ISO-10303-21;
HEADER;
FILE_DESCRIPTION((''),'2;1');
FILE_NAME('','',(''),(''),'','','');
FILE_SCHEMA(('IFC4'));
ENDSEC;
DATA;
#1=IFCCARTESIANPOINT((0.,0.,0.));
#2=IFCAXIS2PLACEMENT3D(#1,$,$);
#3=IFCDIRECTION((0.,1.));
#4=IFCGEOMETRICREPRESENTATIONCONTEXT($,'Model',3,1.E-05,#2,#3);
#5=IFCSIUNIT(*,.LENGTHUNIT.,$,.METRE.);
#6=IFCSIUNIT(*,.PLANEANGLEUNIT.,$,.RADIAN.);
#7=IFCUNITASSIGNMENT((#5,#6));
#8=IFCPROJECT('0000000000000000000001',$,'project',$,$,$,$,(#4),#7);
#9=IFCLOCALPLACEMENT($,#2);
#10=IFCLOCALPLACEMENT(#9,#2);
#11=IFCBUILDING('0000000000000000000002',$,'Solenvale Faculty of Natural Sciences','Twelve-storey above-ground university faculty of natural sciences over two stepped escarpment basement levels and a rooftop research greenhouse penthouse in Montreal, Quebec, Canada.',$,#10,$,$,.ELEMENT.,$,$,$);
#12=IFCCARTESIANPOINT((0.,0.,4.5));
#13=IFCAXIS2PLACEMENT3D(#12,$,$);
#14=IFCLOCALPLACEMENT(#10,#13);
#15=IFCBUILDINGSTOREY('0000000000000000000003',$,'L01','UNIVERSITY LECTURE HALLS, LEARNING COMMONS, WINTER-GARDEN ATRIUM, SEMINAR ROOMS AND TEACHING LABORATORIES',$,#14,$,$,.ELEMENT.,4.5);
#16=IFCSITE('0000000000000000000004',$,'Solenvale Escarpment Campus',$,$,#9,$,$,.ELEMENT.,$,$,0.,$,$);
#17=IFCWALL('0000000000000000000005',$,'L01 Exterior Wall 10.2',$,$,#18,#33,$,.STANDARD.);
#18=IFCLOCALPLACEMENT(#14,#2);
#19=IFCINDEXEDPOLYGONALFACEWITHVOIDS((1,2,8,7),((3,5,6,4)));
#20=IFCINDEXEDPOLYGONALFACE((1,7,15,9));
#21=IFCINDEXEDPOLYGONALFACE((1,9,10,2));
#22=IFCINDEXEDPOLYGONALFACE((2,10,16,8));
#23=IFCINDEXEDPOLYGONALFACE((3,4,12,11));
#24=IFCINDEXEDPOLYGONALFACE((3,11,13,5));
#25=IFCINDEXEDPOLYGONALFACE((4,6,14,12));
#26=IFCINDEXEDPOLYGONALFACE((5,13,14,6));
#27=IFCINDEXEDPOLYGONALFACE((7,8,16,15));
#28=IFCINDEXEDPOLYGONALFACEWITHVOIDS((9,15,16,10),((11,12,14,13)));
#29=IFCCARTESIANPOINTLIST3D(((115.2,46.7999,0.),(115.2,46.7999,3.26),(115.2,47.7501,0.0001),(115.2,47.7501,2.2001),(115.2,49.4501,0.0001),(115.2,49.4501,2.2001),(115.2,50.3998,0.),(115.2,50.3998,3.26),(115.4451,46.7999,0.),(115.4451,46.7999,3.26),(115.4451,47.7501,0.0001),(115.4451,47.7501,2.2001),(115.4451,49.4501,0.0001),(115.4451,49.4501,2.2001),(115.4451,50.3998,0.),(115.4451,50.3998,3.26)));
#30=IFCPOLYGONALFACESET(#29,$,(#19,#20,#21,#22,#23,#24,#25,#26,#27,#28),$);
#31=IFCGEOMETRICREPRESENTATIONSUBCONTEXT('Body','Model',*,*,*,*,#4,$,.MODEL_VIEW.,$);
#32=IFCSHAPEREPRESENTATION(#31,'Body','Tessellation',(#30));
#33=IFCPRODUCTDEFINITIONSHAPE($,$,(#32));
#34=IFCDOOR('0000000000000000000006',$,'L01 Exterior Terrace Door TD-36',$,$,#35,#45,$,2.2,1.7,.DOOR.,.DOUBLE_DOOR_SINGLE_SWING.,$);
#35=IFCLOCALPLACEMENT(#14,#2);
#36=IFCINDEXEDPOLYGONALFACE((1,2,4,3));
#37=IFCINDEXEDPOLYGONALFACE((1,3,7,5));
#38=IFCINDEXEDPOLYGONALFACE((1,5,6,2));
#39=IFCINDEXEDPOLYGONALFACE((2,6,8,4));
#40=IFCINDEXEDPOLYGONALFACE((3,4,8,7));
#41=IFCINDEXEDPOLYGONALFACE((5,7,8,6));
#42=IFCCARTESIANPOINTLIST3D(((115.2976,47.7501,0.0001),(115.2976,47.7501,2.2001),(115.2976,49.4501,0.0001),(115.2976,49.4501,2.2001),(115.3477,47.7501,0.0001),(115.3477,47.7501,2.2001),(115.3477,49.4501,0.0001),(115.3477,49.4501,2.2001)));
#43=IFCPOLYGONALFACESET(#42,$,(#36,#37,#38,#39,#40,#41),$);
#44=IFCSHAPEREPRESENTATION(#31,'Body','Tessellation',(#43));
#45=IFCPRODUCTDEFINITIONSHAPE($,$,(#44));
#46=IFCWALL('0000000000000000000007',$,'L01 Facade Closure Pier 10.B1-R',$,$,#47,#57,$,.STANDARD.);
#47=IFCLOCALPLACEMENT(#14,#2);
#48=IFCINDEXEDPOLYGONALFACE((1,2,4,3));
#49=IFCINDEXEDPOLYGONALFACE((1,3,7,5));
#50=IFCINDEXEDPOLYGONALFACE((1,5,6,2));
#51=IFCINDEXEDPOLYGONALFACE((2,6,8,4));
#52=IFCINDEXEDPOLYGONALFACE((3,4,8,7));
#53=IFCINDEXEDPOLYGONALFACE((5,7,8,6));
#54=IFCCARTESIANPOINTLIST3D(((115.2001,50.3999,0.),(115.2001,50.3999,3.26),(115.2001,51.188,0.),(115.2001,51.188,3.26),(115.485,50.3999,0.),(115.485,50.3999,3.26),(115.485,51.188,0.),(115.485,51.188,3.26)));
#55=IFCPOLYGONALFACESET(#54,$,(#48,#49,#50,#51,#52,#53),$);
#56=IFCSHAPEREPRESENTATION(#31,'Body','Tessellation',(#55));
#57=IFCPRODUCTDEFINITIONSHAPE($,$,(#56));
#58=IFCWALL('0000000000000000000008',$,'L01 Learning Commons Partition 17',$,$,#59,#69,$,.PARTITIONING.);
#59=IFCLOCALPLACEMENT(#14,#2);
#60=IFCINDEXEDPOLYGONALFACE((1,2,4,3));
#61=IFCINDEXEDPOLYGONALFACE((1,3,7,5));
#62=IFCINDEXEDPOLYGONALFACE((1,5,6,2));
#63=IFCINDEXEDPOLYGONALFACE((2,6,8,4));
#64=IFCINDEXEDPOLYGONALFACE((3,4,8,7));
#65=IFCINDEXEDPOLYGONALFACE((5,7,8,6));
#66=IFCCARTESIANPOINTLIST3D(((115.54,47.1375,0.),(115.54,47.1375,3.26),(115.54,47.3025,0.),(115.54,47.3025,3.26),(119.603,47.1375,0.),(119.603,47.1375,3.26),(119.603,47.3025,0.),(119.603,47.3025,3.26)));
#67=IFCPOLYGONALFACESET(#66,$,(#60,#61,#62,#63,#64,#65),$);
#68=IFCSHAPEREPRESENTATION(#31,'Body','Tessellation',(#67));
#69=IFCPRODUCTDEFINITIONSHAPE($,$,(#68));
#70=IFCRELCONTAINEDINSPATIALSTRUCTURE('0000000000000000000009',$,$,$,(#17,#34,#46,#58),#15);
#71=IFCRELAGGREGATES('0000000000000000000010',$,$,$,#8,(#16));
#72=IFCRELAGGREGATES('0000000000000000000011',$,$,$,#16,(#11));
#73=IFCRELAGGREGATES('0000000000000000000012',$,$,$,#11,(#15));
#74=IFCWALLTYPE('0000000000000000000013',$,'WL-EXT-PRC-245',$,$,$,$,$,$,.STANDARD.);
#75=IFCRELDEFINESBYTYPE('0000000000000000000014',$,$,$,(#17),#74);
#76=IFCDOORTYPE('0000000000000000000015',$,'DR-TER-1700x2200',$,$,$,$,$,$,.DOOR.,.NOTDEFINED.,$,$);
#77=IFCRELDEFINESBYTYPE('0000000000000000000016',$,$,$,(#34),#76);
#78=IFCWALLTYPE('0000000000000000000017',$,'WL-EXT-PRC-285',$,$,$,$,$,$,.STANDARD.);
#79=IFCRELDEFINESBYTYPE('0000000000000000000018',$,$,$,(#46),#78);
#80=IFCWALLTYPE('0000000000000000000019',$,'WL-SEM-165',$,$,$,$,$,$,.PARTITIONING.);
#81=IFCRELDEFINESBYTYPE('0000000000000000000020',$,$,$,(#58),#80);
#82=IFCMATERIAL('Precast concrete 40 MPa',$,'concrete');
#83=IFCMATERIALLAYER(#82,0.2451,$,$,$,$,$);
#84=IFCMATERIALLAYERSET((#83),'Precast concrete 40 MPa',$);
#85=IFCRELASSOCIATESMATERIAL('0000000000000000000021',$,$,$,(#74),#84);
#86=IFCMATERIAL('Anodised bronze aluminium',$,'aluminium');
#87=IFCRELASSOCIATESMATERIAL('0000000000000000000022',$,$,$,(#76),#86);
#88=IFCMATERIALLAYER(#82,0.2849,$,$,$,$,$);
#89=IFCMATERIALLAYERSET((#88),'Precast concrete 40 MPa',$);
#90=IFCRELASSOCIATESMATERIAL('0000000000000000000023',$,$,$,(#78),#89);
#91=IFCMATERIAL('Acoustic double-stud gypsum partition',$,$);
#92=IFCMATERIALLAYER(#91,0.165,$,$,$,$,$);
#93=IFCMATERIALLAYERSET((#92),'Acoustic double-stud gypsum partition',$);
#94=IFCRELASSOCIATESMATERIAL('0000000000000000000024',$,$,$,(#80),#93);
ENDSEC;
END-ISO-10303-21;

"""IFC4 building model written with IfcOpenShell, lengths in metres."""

from ifc_helpers import new_model, si_unit, direction, frame, frame_2d, origin, place, context, subcontext, project, spatial, rectangle, extrude, material, layer, layer_set, type_object, element, fill, save


model = new_model("IFC4")

# Units and contexts
model_context = context("Model", 3, precision=1e-05, world=origin(), true_north=direction((0.0, 1.0)))
body_context = subcontext(model_context, "Body", "Model", "MODEL_VIEW")
ifc_project = project(units=[si_unit("LENGTHUNIT", "METRE"), si_unit("PLANEANGLEUNIT", "RADIAN")], contexts=[model_context])

# Site, building, storey
site_placement = place(None, origin())
site = spatial("IfcSite", under=ifc_project, at=site_placement, Name="Solenvale Escarpment Campus", CompositionType="ELEMENT", RefElevation=0.0)
building_placement = place(site_placement, origin())
building = spatial("IfcBuilding", under=site, at=building_placement, Name="Solenvale Faculty of Natural Sciences", Description="Twelve-storey above-ground university faculty of natural sciences over two stepped escarpment basement levels and a rooftop research greenhouse penthouse in Montreal, Quebec, Canada.", CompositionType="ELEMENT")
storey_placement = place(building_placement, frame((0.0, 0.0, 4.5)))
storey = spatial("IfcBuildingStorey", under=building, at=storey_placement, Name="L01", Description="UNIVERSITY LECTURE HALLS, LEARNING COMMONS, WINTER-GARDEN ATRIUM, SEMINAR ROOMS AND TEACHING LABORATORIES", CompositionType="ELEMENT", Elevation=4.5)

# Shared definitions
ifc_material_1 = material(Name="Anodised bronze aluminium", Category="aluminium")

# Wall, opening, door
ifc_material_2 = material(Name="Precast concrete 40 MPa", Category="concrete")
ifc_layer_1 = layer(ifc_material_2, 0.2451)
ifc_layer_set_1 = layer_set([ifc_layer_1], Name="Precast concrete 40 MPa")
wall_type_1 = type_object("IfcWallType", Name="WL-EXT-PRC-245", PredefinedType="STANDARD", material=ifc_layer_set_1)
wall_1_placement = place(storey_placement, frame((115.3225, 46.8, 0.0), z_axis=(0.0, 0.0, 1.0), x_axis=(0.0, 1.0, 0.0)))
wall_1 = element("IfcWall", 1, at=wall_1_placement, inside=storey, type_object=wall_type_1, Name="L01 Exterior Wall 10.2", PredefinedType="STANDARD", context=body_context, shape_type="SweptSolid", body=[
    extrude(rectangle(XDim=3.5999, YDim=0.2451, at=frame_2d((1.7998, 0.0))), origin(), (0.0, 0.0, 1.0), 3.26),
])
opening_placement = place(wall_1_placement, frame((0.95, 0.0, 0.0)))
opening = element("IfcOpeningElement", 2, at=opening_placement, cuts=wall_1, PredefinedType="OPENING", context=body_context, shape_type="SweptSolid", body=[
    extrude(rectangle(XDim=1.7, YDim=2.2, at=frame_2d((0.8501, 1.1001))), frame((0.0, 0.1326, 0.0), z_axis=(0.0, -1.0, 0.0), x_axis=(1.0, 0.0, 0.0)), (0.0, 0.0, 1.0), 0.2651),
])
door_type = type_object("IfcDoorType", Name="DR-TER-1700x2200", OperationType="NOTDEFINED", PredefinedType="DOOR", material=ifc_material_1)
door_placement = place(opening_placement, origin())
door = element("IfcDoor", 3, at=door_placement, inside=storey, type_object=door_type, Name="L01 Exterior Terrace Door TD-36", OperationType="DOUBLE_DOOR_SINGLE_SWING", OverallHeight=2.2, OverallWidth=1.7, PredefinedType="DOOR", context=body_context, shape_type="SweptSolid", body=[
    extrude(rectangle(XDim=1.7, YDim=2.2, at=frame_2d((0.8501, 1.1001))), frame((0.0, 0.0249, 0.0), z_axis=(0.0, -1.0, 0.0), x_axis=(1.0, 0.0, 0.0)), (0.0, 0.0, 1.0), 0.05),
])
fill(opening, door)

# Walls
ifc_layer_2 = layer(ifc_material_2, 0.2849)
ifc_layer_set_2 = layer_set([ifc_layer_2], Name="Precast concrete 40 MPa")
wall_type_2 = type_object("IfcWallType", Name="WL-EXT-PRC-285", PredefinedType="STANDARD", material=ifc_layer_set_2)
wall_2_placement = place(storey_placement, frame((115.3425, 51.188, 0.0), z_axis=(0.0, 0.0, 1.0), x_axis=(0.0, -1.0, 0.0)))
element("IfcWall", 4, at=wall_2_placement, inside=storey, type_object=wall_type_2, Name="L01 Facade Closure Pier 10.B1-R", PredefinedType="STANDARD", context=body_context, shape_type="SweptSolid", body=[
    extrude(rectangle(XDim=0.7881, YDim=0.2849, at=frame_2d((0.394, 0.0))), origin(), (0.0, 0.0, 1.0), 3.26),
])
ifc_material_3 = material(Name="Acoustic double-stud gypsum partition")
ifc_layer_3 = layer(ifc_material_3, 0.165)
ifc_layer_set_3 = layer_set([ifc_layer_3], Name="Acoustic double-stud gypsum partition")
wall_type_3 = type_object("IfcWallType", Name="WL-SEM-165", PredefinedType="PARTITIONING", material=ifc_layer_set_3)
wall_3_placement = place(storey_placement, frame((119.603, 47.22, 0.0), z_axis=(0.0, 0.0, 1.0), x_axis=(-1.0, 0.0, 0.0)))
element("IfcWall", 5, at=wall_3_placement, inside=storey, type_object=wall_type_3, Name="L01 Learning Commons Partition 17", PredefinedType="PARTITIONING", context=body_context, shape_type="SweptSolid", body=[
    extrude(rectangle(XDim=4.063, YDim=0.165, at=frame_2d((2.0315, 0.0))), origin(), (0.0, 0.0, 1.0), 3.26),
])

save(model, "model.ifc")
